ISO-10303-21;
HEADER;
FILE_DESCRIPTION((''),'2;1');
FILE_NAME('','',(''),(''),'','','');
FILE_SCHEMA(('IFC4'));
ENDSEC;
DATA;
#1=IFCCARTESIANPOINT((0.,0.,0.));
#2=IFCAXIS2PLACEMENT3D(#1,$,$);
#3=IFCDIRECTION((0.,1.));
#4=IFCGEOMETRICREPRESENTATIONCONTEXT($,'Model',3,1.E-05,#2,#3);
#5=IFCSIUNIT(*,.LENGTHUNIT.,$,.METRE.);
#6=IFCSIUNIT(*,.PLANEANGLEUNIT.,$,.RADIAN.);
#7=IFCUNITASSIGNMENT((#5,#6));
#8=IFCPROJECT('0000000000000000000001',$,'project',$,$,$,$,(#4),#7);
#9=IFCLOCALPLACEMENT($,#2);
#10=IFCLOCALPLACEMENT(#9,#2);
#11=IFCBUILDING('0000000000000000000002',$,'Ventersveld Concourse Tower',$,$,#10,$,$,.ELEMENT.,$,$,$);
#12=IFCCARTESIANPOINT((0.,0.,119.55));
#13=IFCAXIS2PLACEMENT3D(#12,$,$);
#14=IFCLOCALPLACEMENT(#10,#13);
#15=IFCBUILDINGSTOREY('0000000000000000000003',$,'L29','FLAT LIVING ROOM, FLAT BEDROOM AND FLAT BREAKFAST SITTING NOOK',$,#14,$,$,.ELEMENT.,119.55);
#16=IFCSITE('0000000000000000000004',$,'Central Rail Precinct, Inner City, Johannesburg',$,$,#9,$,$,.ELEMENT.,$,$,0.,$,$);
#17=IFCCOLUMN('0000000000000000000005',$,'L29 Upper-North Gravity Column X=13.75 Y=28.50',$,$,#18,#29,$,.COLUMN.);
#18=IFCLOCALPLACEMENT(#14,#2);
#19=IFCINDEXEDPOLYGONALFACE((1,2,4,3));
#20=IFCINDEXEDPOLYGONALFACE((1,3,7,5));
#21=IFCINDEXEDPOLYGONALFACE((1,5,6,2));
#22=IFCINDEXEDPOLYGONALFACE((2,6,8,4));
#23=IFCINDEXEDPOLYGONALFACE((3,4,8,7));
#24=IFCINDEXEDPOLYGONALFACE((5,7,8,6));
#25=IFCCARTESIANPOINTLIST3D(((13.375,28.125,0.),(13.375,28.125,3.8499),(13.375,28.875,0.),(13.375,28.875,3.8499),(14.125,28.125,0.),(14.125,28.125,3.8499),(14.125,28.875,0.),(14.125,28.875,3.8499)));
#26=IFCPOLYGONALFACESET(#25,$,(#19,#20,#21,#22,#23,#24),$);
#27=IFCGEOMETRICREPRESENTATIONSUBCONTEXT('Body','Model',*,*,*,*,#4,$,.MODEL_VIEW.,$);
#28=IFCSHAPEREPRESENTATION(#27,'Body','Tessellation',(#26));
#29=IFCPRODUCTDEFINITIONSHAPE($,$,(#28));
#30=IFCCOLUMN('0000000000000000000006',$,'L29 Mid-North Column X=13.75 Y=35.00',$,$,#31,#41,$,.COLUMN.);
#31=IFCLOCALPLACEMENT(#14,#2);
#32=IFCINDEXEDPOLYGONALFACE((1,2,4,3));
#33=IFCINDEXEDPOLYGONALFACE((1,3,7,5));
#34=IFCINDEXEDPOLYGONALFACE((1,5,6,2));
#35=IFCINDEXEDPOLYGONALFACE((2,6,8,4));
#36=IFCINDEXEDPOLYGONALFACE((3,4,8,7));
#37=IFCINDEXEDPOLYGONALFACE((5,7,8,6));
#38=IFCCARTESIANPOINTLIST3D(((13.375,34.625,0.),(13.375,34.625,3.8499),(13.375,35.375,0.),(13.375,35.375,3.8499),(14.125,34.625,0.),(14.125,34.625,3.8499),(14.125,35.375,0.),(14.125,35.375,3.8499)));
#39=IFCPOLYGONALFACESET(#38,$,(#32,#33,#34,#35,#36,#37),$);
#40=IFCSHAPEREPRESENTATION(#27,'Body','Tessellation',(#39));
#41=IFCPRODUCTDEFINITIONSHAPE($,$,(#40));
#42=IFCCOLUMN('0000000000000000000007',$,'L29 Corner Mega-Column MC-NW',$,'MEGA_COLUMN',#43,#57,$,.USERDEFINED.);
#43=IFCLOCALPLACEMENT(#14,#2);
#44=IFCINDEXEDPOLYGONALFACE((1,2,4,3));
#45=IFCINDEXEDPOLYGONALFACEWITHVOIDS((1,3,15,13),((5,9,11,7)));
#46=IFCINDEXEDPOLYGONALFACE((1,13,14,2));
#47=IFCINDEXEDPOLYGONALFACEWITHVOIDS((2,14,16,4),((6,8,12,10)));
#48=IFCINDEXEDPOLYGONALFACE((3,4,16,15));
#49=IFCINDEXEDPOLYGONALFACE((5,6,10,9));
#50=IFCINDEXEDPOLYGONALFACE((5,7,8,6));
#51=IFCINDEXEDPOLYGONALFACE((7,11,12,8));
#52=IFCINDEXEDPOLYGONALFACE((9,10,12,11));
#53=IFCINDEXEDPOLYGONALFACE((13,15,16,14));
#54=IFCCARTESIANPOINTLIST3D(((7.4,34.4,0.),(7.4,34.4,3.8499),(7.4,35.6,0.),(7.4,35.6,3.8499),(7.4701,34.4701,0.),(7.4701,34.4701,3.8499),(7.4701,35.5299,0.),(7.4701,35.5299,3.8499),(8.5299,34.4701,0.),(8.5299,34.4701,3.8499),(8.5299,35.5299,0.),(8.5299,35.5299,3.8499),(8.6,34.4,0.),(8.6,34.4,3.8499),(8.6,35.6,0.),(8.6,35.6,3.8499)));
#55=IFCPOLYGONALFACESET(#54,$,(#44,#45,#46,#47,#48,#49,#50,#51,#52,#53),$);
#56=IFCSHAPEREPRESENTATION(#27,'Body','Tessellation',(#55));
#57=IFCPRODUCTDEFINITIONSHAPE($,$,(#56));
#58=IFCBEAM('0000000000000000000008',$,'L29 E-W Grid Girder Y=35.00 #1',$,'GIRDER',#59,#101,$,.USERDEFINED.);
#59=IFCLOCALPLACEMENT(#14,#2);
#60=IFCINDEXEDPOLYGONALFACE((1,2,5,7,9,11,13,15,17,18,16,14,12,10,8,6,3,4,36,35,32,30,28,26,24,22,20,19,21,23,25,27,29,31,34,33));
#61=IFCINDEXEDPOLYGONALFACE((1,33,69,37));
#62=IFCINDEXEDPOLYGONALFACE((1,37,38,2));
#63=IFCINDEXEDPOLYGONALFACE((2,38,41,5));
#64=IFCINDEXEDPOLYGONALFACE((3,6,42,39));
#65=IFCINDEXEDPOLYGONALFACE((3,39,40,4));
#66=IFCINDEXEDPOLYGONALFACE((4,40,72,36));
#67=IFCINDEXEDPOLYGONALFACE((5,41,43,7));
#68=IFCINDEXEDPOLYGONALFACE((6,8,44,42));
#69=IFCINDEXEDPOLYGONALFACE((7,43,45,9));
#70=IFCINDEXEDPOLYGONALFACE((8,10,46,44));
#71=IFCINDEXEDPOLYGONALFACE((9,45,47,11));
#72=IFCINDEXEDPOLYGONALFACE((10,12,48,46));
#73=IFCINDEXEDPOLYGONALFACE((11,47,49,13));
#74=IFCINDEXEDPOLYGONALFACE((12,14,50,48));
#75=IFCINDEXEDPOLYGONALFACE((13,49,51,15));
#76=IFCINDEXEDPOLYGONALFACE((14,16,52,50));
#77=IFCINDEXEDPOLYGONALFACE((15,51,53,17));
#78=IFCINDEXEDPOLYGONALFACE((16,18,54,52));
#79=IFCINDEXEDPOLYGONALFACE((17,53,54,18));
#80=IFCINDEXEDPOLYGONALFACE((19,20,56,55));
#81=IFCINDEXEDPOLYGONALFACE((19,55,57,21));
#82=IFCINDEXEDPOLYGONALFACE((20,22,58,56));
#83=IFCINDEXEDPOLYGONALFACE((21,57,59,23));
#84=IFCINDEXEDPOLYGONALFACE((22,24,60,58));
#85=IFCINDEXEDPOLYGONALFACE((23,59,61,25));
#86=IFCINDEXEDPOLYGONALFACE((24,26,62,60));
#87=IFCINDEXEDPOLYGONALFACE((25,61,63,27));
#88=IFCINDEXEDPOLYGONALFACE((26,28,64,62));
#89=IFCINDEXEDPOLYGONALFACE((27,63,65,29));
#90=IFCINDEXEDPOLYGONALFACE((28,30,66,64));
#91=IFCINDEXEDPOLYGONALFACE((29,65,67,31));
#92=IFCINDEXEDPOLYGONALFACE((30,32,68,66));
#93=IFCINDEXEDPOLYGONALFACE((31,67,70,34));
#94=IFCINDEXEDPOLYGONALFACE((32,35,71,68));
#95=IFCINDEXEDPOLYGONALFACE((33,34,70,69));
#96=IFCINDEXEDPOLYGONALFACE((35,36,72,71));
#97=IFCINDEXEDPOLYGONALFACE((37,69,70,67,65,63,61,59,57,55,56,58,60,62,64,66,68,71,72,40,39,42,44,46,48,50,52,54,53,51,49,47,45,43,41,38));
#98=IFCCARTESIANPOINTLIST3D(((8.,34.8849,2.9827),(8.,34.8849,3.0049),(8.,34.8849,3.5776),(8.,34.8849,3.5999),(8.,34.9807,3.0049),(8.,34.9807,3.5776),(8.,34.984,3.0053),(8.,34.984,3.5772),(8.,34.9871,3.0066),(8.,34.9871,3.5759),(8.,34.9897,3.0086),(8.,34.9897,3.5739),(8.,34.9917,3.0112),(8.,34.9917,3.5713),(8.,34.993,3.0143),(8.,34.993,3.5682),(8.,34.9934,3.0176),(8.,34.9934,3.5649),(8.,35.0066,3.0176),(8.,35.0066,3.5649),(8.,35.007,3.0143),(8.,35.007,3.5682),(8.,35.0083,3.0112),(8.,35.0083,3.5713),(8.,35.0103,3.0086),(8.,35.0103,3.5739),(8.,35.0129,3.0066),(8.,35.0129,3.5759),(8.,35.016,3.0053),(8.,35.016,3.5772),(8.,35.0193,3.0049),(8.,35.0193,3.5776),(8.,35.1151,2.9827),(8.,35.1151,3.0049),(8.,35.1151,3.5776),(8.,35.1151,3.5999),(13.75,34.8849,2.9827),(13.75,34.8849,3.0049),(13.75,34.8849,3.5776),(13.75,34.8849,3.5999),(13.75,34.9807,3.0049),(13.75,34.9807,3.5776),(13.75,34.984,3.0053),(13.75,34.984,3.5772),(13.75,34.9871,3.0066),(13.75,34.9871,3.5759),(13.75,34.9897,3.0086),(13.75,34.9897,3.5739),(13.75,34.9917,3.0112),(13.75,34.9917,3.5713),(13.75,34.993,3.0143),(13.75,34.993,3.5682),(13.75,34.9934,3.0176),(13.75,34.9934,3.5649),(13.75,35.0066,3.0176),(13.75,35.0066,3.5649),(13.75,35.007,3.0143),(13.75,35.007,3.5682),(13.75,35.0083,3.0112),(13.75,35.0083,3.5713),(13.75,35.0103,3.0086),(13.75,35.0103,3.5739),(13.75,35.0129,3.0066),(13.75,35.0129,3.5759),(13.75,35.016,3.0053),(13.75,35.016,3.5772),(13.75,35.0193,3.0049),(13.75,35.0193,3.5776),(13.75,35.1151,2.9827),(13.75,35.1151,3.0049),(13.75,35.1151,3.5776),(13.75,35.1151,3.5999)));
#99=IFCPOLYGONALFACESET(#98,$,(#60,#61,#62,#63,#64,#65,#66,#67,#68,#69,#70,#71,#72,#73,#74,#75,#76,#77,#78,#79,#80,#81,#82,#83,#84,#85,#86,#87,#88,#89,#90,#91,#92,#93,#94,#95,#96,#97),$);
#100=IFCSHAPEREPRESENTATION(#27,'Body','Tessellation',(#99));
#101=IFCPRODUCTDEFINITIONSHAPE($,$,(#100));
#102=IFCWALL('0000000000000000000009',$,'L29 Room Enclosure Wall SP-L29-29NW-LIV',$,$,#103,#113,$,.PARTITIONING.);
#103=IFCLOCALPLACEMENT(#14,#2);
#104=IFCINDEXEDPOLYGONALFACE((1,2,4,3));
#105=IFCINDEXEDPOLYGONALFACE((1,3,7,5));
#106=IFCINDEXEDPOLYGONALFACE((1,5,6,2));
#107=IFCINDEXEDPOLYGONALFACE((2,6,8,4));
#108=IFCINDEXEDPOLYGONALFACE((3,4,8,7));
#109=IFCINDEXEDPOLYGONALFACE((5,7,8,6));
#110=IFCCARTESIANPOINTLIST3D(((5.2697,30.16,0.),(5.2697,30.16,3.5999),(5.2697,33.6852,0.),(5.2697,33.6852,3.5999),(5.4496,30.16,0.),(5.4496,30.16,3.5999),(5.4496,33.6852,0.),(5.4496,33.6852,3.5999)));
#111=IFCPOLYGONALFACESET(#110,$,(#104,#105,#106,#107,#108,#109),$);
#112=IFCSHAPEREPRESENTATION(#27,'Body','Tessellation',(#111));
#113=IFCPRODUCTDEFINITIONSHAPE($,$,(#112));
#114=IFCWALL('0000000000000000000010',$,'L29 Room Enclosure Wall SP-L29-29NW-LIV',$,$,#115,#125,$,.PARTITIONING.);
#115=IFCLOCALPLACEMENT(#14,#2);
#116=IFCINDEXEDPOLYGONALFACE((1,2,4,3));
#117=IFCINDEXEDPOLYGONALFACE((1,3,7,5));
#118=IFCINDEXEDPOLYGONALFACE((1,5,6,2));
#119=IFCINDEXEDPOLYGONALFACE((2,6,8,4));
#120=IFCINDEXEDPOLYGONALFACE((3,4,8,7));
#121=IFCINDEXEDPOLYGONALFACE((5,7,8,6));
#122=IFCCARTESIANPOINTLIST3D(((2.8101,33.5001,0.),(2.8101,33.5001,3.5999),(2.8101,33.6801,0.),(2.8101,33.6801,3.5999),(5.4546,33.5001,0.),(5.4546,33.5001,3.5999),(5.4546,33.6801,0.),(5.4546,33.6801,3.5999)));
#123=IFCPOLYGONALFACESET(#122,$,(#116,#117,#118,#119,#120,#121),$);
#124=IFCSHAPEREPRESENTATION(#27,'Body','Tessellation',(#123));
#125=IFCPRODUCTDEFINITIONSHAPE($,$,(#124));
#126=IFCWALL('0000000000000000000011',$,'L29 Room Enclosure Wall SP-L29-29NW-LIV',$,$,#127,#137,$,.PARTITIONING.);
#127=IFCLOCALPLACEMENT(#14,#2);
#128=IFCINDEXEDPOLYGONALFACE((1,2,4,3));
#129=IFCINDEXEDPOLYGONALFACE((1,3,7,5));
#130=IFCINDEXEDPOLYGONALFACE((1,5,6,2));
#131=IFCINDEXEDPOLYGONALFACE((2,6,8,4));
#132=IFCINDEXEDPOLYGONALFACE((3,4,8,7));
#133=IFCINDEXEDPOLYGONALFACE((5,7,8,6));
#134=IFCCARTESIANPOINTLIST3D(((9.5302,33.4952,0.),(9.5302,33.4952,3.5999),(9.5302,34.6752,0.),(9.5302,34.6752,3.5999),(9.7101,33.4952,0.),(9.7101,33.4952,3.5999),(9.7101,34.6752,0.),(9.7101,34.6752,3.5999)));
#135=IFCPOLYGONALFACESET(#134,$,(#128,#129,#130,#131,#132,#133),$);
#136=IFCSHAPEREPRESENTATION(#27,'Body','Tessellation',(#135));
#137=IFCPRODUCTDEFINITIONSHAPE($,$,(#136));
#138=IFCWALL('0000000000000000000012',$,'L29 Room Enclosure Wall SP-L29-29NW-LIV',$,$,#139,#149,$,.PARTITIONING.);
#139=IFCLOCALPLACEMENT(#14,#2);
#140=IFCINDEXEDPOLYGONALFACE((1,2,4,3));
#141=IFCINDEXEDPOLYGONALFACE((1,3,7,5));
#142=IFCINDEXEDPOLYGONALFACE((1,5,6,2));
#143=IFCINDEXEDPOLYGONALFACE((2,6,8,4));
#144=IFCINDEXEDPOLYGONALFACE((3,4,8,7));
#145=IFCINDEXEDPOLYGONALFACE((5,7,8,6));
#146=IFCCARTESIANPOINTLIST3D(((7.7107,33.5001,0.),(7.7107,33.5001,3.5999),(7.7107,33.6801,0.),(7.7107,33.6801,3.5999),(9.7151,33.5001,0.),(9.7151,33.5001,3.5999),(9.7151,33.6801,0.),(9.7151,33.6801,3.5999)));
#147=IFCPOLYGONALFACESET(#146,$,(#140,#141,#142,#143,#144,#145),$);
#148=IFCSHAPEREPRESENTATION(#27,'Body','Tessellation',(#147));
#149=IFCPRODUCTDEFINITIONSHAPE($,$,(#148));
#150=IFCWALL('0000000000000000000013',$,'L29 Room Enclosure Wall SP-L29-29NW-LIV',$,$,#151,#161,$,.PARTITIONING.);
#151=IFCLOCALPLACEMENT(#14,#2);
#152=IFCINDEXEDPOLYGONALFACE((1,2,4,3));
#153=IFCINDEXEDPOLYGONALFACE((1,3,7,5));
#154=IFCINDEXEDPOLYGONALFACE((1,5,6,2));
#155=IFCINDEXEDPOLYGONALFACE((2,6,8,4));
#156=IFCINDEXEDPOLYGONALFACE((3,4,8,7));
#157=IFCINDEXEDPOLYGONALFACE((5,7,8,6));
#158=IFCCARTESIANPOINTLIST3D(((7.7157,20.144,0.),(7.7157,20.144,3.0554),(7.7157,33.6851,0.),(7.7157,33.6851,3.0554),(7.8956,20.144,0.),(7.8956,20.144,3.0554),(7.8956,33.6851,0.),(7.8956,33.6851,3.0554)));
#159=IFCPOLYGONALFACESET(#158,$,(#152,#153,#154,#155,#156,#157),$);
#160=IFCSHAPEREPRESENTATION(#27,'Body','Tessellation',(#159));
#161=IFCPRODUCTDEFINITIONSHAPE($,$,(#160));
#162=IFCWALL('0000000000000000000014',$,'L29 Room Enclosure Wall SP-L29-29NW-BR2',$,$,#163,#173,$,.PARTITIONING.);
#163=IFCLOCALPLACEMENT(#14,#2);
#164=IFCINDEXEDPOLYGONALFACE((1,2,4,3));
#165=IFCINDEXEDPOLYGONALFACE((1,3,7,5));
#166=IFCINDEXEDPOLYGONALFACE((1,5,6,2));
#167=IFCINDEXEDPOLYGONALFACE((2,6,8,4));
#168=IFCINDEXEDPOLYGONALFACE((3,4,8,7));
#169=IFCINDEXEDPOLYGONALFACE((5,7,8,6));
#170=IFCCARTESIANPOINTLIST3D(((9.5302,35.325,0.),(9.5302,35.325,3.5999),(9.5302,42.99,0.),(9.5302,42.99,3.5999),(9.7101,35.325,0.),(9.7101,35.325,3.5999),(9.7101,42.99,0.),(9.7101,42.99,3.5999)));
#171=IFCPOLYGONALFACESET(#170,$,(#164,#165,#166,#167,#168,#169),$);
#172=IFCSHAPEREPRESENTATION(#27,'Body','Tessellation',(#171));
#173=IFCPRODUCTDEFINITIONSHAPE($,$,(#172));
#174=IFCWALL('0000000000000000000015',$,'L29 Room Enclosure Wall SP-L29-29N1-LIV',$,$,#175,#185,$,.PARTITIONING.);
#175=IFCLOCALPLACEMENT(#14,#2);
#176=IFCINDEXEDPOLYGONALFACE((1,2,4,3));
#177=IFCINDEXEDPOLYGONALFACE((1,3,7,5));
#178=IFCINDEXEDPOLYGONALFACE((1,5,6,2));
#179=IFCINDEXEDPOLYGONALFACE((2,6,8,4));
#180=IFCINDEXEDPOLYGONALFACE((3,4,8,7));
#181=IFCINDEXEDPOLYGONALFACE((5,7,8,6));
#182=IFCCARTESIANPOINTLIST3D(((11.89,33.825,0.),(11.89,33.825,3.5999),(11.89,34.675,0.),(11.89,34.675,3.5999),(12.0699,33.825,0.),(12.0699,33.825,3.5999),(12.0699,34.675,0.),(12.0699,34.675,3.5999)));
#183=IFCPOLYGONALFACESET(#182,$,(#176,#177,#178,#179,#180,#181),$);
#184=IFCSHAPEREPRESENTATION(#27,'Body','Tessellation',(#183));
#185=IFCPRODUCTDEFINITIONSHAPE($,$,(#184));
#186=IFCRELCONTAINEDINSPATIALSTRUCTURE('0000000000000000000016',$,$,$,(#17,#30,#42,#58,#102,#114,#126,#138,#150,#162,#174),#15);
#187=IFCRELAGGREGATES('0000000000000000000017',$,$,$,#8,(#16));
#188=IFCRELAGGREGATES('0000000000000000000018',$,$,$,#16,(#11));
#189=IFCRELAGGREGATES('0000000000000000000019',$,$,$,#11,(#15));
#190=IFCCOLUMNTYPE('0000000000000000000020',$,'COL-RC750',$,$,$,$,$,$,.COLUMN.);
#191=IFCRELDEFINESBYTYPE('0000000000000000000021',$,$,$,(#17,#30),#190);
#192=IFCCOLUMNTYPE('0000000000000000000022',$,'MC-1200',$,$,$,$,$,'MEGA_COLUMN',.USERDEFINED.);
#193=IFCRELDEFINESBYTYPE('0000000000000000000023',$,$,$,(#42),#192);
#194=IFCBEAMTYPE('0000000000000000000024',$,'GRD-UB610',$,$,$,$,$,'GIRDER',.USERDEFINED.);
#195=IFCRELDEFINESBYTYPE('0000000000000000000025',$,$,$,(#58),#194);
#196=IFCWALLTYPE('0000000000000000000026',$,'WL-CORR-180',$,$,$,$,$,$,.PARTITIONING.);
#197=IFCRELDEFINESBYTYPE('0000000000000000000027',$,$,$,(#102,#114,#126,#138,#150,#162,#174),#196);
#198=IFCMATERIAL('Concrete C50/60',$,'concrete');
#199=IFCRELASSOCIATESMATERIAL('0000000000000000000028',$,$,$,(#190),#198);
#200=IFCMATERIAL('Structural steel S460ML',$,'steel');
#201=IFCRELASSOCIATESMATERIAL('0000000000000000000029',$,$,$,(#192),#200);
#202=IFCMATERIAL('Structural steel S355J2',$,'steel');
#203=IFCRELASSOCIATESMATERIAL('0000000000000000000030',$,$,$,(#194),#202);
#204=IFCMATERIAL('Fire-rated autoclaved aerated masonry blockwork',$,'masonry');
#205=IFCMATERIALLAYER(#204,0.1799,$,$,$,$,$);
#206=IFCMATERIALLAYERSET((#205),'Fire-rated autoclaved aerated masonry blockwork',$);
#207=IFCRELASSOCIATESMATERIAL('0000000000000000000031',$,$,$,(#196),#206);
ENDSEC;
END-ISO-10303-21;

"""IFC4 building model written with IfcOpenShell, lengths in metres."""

from ifc_helpers import new_model, si_unit, direction, frame, frame_2d, origin, origin_2d, place, context, subcontext, project, spatial, rectangle, hollow_rectangle, i_section, extrude, material, layer, layer_set, material_profile, profile_set, type_object, element, save


model = new_model("IFC4")

# Units and contexts
model_context = context("Model", 3, precision=1e-05, world=origin(), true_north=direction((0.0, 1.0)))
body_context = subcontext(model_context, "Body", "Model", "MODEL_VIEW")
ifc_project = project(units=[si_unit("LENGTHUNIT", "METRE"), si_unit("PLANEANGLEUNIT", "RADIAN")], contexts=[model_context])

# Site, building, storey
site_placement = place(None, origin())
site = spatial("IfcSite", under=ifc_project, at=site_placement, Name="Central Rail Precinct, Inner City, Johannesburg", CompositionType="ELEMENT", RefElevation=0.0)
building_placement = place(site_placement, origin())
building = spatial("IfcBuilding", under=site, at=building_placement, Name="Ventersveld Concourse Tower", CompositionType="ELEMENT")
storey_placement = place(building_placement, frame((0.0, 0.0, 119.55)))
storey = spatial("IfcBuildingStorey", under=building, at=storey_placement, Name="L29", Description="FLAT LIVING ROOM, FLAT BEDROOM AND FLAT BREAKFAST SITTING NOOK", CompositionType="ELEMENT", Elevation=119.55)

# Columns
ifc_material_1 = material(Name="Concrete C50/60", Category="concrete")
ifc_material_profile_1 = material_profile(ifc_material_1, rectangle(XDim=0.75, YDim=0.75, at=origin_2d()), Name="RC 750x750")
ifc_profile_set_1 = profile_set([ifc_material_profile_1], Name="Concrete C50/60")
column_type_1 = type_object("IfcColumnType", Name="COL-RC750", PredefinedType="COLUMN", material=ifc_profile_set_1)
for number, where, z_axis, x_axis, name in (
    (1, (13.75, 28.5, 0.0), (0.0, 0.0, 1.0), (1.0, 0.0, 0.0), "L29 Upper-North Gravity Column X=13.75 Y=28.50"),
    (2, (13.75, 35.0, 0.0), (0.0, 0.0, 1.0), (1.0, 0.0, 0.0), "L29 Mid-North Column X=13.75 Y=35.00"),
):
    element("IfcColumn", number, at=place(storey_placement, frame(where, z_axis=z_axis, x_axis=x_axis)), inside=storey, type_object=column_type_1, Name=name, PredefinedType="COLUMN", context=body_context, shape_type="SweptSolid", body=[
        extrude(rectangle(XDim=0.75, YDim=0.75, at=origin_2d()), origin(), (0.0, 0.0, 1.0), 3.8499),
    ])
ifc_material_2 = material(Name="Structural steel S460ML", Category="steel")
ifc_material_profile_2 = material_profile(ifc_material_2, hollow_rectangle(XDim=1.2, YDim=1.2, WallThickness=0.0701, at=origin_2d()), Name="BOX 1200x1200x70")
ifc_profile_set_2 = profile_set([ifc_material_profile_2], Name="Structural steel S460ML")
column_type_2 = type_object("IfcColumnType", Name="MC-1200", ElementType="MEGA_COLUMN", PredefinedType="USERDEFINED", material=ifc_profile_set_2)
column_placement = place(storey_placement, frame((8.0, 35.0, 0.0), z_axis=(0.0, 0.0, 1.0), x_axis=(1.0, 0.0, 0.0)))
element("IfcColumn", 3, at=column_placement, inside=storey, type_object=column_type_2, Name="L29 Corner Mega-Column MC-NW", ObjectType="MEGA_COLUMN", PredefinedType="USERDEFINED", context=body_context, shape_type="SweptSolid", body=[
    extrude(hollow_rectangle(XDim=1.2, YDim=1.2, WallThickness=0.0701, at=origin_2d()), origin(), (0.0, 0.0, 1.0), 3.8499),
])

# Beam
ifc_material_3 = material(Name="Structural steel S355J2", Category="steel")
ifc_material_profile_3 = material_profile(ifc_material_3, i_section(OverallWidth=0.2302, OverallDepth=0.6172, WebThickness=0.0132, FlangeThickness=0.0222, FilletRadius=0.0127, at=origin_2d()), Name="UB 610x229x140")
ifc_profile_set_3 = profile_set([ifc_material_profile_3], Name="Structural steel S355J2")
beam_type = type_object("IfcBeamType", Name="GRD-UB610", ElementType="GIRDER", PredefinedType="USERDEFINED", material=ifc_profile_set_3)
beam_placement = place(storey_placement, frame((8.0, 35.0, 3.2913), z_axis=(1.0, 0.0, 0.0), x_axis=(0.0, 1.0, 0.0)))
element("IfcBeam", 4, at=beam_placement, inside=storey, type_object=beam_type, Name="L29 E-W Grid Girder Y=35.00 #1", ObjectType="GIRDER", PredefinedType="USERDEFINED", context=body_context, shape_type="SweptSolid", body=[
    extrude(i_section(OverallWidth=0.2302, OverallDepth=0.6172, WebThickness=0.0132, FlangeThickness=0.0222, FilletRadius=0.0127, at=origin_2d()), origin(), (0.0, 0.0, 1.0), 5.75),
])

# Walls
ifc_material_4 = material(Name="Fire-rated autoclaved aerated masonry blockwork", Category="masonry")
ifc_layer_1 = layer(ifc_material_4, 0.1799)
ifc_layer_set_1 = layer_set([ifc_layer_1], Name="Fire-rated autoclaved aerated masonry blockwork")
wall_type_1 = type_object("IfcWallType", Name="WL-CORR-180", PredefinedType="PARTITIONING", material=ifc_layer_set_1)
wall_1_placement = place(storey_placement, frame((5.3596, 30.1599, 0.0), z_axis=(0.0, 0.0, 1.0), x_axis=(0.0, 1.0, 0.0)))
element("IfcWall", 5, at=wall_1_placement, inside=storey, type_object=wall_type_1, Name="L29 Room Enclosure Wall SP-L29-29NW-LIV", PredefinedType="PARTITIONING", context=body_context, shape_type="SweptSolid", body=[
    extrude(rectangle(XDim=3.5251, YDim=0.1799, at=frame_2d((1.7627, 0.0))), origin(), (0.0, 0.0, 1.0), 3.5999),
])
wall_2_placement = place(storey_placement, frame((5.4546, 33.5901, 0.0), z_axis=(0.0, 0.0, 1.0), x_axis=(-1.0, 0.0, 0.0)))
element("IfcWall", 6, at=wall_2_placement, inside=storey, type_object=wall_type_1, Name="L29 Room Enclosure Wall SP-L29-29NW-LIV", PredefinedType="PARTITIONING", context=body_context, shape_type="SweptSolid", body=[
    extrude(rectangle(XDim=2.6445, YDim=0.1799, at=frame_2d((1.3223, 0.0))), origin(), (0.0, 0.0, 1.0), 3.5999),
])
wall_3_placement = place(storey_placement, frame((9.6201, 34.675, 0.0), z_axis=(0.0, 0.0, 1.0), x_axis=(0.0, -1.0, 0.0)))
element("IfcWall", 7, at=wall_3_placement, inside=storey, type_object=wall_type_1, Name="L29 Room Enclosure Wall SP-L29-29NW-LIV", PredefinedType="PARTITIONING", context=body_context, shape_type="SweptSolid", body=[
    extrude(rectangle(XDim=1.1799, YDim=0.1799, at=frame_2d((0.5898, 0.0))), origin(), (0.0, 0.0, 1.0), 3.5999),
])
wall_4_placement = place(storey_placement, frame((9.7151, 33.5901, 0.0), z_axis=(0.0, 0.0, 1.0), x_axis=(-1.0, 0.0, 0.0)))
element("IfcWall", 8, at=wall_4_placement, inside=storey, type_object=wall_type_1, Name="L29 Room Enclosure Wall SP-L29-29NW-LIV", PredefinedType="PARTITIONING", context=body_context, shape_type="SweptSolid", body=[
    extrude(rectangle(XDim=2.0044, YDim=0.1799, at=frame_2d((1.0022, 0.0))), origin(), (0.0, 0.0, 1.0), 3.5999),
])
wall_5_placement = place(storey_placement, frame((7.8057, 33.6851, 0.0), z_axis=(0.0, 0.0, 1.0), x_axis=(0.0, -1.0, 0.0)))
element("IfcWall", 9, at=wall_5_placement, inside=storey, type_object=wall_type_1, Name="L29 Room Enclosure Wall SP-L29-29NW-LIV", PredefinedType="PARTITIONING", context=body_context, shape_type="SweptSolid", body=[
    extrude(rectangle(XDim=13.541, YDim=0.1799, at=frame_2d((6.7705, 0.0))), origin(), (0.0, 0.0, 1.0), 3.0554),
])
wall_6_placement = place(storey_placement, frame((9.6201, 42.99, 0.0), z_axis=(0.0, 0.0, 1.0), x_axis=(0.0, -1.0, 0.0)))
element("IfcWall", 10, at=wall_6_placement, inside=storey, type_object=wall_type_1, Name="L29 Room Enclosure Wall SP-L29-29NW-BR2", PredefinedType="PARTITIONING", context=body_context, shape_type="SweptSolid", body=[
    extrude(rectangle(XDim=7.665, YDim=0.1799, at=frame_2d((3.8325, 0.0))), origin(), (0.0, 0.0, 1.0), 3.5999),
])
wall_7_placement = place(storey_placement, frame((11.98, 33.825, 0.0), z_axis=(0.0, 0.0, 1.0), x_axis=(0.0, 1.0, 0.0)))
element("IfcWall", 11, at=wall_7_placement, inside=storey, type_object=wall_type_1, Name="L29 Room Enclosure Wall SP-L29-29N1-LIV", PredefinedType="PARTITIONING", context=body_context, shape_type="SweptSolid", body=[
    extrude(rectangle(XDim=0.8501, YDim=0.1799, at=frame_2d((0.425, 0.0))), origin(), (0.0, 0.0, 1.0), 3.5999),
])

save(model, "model.ifc")
